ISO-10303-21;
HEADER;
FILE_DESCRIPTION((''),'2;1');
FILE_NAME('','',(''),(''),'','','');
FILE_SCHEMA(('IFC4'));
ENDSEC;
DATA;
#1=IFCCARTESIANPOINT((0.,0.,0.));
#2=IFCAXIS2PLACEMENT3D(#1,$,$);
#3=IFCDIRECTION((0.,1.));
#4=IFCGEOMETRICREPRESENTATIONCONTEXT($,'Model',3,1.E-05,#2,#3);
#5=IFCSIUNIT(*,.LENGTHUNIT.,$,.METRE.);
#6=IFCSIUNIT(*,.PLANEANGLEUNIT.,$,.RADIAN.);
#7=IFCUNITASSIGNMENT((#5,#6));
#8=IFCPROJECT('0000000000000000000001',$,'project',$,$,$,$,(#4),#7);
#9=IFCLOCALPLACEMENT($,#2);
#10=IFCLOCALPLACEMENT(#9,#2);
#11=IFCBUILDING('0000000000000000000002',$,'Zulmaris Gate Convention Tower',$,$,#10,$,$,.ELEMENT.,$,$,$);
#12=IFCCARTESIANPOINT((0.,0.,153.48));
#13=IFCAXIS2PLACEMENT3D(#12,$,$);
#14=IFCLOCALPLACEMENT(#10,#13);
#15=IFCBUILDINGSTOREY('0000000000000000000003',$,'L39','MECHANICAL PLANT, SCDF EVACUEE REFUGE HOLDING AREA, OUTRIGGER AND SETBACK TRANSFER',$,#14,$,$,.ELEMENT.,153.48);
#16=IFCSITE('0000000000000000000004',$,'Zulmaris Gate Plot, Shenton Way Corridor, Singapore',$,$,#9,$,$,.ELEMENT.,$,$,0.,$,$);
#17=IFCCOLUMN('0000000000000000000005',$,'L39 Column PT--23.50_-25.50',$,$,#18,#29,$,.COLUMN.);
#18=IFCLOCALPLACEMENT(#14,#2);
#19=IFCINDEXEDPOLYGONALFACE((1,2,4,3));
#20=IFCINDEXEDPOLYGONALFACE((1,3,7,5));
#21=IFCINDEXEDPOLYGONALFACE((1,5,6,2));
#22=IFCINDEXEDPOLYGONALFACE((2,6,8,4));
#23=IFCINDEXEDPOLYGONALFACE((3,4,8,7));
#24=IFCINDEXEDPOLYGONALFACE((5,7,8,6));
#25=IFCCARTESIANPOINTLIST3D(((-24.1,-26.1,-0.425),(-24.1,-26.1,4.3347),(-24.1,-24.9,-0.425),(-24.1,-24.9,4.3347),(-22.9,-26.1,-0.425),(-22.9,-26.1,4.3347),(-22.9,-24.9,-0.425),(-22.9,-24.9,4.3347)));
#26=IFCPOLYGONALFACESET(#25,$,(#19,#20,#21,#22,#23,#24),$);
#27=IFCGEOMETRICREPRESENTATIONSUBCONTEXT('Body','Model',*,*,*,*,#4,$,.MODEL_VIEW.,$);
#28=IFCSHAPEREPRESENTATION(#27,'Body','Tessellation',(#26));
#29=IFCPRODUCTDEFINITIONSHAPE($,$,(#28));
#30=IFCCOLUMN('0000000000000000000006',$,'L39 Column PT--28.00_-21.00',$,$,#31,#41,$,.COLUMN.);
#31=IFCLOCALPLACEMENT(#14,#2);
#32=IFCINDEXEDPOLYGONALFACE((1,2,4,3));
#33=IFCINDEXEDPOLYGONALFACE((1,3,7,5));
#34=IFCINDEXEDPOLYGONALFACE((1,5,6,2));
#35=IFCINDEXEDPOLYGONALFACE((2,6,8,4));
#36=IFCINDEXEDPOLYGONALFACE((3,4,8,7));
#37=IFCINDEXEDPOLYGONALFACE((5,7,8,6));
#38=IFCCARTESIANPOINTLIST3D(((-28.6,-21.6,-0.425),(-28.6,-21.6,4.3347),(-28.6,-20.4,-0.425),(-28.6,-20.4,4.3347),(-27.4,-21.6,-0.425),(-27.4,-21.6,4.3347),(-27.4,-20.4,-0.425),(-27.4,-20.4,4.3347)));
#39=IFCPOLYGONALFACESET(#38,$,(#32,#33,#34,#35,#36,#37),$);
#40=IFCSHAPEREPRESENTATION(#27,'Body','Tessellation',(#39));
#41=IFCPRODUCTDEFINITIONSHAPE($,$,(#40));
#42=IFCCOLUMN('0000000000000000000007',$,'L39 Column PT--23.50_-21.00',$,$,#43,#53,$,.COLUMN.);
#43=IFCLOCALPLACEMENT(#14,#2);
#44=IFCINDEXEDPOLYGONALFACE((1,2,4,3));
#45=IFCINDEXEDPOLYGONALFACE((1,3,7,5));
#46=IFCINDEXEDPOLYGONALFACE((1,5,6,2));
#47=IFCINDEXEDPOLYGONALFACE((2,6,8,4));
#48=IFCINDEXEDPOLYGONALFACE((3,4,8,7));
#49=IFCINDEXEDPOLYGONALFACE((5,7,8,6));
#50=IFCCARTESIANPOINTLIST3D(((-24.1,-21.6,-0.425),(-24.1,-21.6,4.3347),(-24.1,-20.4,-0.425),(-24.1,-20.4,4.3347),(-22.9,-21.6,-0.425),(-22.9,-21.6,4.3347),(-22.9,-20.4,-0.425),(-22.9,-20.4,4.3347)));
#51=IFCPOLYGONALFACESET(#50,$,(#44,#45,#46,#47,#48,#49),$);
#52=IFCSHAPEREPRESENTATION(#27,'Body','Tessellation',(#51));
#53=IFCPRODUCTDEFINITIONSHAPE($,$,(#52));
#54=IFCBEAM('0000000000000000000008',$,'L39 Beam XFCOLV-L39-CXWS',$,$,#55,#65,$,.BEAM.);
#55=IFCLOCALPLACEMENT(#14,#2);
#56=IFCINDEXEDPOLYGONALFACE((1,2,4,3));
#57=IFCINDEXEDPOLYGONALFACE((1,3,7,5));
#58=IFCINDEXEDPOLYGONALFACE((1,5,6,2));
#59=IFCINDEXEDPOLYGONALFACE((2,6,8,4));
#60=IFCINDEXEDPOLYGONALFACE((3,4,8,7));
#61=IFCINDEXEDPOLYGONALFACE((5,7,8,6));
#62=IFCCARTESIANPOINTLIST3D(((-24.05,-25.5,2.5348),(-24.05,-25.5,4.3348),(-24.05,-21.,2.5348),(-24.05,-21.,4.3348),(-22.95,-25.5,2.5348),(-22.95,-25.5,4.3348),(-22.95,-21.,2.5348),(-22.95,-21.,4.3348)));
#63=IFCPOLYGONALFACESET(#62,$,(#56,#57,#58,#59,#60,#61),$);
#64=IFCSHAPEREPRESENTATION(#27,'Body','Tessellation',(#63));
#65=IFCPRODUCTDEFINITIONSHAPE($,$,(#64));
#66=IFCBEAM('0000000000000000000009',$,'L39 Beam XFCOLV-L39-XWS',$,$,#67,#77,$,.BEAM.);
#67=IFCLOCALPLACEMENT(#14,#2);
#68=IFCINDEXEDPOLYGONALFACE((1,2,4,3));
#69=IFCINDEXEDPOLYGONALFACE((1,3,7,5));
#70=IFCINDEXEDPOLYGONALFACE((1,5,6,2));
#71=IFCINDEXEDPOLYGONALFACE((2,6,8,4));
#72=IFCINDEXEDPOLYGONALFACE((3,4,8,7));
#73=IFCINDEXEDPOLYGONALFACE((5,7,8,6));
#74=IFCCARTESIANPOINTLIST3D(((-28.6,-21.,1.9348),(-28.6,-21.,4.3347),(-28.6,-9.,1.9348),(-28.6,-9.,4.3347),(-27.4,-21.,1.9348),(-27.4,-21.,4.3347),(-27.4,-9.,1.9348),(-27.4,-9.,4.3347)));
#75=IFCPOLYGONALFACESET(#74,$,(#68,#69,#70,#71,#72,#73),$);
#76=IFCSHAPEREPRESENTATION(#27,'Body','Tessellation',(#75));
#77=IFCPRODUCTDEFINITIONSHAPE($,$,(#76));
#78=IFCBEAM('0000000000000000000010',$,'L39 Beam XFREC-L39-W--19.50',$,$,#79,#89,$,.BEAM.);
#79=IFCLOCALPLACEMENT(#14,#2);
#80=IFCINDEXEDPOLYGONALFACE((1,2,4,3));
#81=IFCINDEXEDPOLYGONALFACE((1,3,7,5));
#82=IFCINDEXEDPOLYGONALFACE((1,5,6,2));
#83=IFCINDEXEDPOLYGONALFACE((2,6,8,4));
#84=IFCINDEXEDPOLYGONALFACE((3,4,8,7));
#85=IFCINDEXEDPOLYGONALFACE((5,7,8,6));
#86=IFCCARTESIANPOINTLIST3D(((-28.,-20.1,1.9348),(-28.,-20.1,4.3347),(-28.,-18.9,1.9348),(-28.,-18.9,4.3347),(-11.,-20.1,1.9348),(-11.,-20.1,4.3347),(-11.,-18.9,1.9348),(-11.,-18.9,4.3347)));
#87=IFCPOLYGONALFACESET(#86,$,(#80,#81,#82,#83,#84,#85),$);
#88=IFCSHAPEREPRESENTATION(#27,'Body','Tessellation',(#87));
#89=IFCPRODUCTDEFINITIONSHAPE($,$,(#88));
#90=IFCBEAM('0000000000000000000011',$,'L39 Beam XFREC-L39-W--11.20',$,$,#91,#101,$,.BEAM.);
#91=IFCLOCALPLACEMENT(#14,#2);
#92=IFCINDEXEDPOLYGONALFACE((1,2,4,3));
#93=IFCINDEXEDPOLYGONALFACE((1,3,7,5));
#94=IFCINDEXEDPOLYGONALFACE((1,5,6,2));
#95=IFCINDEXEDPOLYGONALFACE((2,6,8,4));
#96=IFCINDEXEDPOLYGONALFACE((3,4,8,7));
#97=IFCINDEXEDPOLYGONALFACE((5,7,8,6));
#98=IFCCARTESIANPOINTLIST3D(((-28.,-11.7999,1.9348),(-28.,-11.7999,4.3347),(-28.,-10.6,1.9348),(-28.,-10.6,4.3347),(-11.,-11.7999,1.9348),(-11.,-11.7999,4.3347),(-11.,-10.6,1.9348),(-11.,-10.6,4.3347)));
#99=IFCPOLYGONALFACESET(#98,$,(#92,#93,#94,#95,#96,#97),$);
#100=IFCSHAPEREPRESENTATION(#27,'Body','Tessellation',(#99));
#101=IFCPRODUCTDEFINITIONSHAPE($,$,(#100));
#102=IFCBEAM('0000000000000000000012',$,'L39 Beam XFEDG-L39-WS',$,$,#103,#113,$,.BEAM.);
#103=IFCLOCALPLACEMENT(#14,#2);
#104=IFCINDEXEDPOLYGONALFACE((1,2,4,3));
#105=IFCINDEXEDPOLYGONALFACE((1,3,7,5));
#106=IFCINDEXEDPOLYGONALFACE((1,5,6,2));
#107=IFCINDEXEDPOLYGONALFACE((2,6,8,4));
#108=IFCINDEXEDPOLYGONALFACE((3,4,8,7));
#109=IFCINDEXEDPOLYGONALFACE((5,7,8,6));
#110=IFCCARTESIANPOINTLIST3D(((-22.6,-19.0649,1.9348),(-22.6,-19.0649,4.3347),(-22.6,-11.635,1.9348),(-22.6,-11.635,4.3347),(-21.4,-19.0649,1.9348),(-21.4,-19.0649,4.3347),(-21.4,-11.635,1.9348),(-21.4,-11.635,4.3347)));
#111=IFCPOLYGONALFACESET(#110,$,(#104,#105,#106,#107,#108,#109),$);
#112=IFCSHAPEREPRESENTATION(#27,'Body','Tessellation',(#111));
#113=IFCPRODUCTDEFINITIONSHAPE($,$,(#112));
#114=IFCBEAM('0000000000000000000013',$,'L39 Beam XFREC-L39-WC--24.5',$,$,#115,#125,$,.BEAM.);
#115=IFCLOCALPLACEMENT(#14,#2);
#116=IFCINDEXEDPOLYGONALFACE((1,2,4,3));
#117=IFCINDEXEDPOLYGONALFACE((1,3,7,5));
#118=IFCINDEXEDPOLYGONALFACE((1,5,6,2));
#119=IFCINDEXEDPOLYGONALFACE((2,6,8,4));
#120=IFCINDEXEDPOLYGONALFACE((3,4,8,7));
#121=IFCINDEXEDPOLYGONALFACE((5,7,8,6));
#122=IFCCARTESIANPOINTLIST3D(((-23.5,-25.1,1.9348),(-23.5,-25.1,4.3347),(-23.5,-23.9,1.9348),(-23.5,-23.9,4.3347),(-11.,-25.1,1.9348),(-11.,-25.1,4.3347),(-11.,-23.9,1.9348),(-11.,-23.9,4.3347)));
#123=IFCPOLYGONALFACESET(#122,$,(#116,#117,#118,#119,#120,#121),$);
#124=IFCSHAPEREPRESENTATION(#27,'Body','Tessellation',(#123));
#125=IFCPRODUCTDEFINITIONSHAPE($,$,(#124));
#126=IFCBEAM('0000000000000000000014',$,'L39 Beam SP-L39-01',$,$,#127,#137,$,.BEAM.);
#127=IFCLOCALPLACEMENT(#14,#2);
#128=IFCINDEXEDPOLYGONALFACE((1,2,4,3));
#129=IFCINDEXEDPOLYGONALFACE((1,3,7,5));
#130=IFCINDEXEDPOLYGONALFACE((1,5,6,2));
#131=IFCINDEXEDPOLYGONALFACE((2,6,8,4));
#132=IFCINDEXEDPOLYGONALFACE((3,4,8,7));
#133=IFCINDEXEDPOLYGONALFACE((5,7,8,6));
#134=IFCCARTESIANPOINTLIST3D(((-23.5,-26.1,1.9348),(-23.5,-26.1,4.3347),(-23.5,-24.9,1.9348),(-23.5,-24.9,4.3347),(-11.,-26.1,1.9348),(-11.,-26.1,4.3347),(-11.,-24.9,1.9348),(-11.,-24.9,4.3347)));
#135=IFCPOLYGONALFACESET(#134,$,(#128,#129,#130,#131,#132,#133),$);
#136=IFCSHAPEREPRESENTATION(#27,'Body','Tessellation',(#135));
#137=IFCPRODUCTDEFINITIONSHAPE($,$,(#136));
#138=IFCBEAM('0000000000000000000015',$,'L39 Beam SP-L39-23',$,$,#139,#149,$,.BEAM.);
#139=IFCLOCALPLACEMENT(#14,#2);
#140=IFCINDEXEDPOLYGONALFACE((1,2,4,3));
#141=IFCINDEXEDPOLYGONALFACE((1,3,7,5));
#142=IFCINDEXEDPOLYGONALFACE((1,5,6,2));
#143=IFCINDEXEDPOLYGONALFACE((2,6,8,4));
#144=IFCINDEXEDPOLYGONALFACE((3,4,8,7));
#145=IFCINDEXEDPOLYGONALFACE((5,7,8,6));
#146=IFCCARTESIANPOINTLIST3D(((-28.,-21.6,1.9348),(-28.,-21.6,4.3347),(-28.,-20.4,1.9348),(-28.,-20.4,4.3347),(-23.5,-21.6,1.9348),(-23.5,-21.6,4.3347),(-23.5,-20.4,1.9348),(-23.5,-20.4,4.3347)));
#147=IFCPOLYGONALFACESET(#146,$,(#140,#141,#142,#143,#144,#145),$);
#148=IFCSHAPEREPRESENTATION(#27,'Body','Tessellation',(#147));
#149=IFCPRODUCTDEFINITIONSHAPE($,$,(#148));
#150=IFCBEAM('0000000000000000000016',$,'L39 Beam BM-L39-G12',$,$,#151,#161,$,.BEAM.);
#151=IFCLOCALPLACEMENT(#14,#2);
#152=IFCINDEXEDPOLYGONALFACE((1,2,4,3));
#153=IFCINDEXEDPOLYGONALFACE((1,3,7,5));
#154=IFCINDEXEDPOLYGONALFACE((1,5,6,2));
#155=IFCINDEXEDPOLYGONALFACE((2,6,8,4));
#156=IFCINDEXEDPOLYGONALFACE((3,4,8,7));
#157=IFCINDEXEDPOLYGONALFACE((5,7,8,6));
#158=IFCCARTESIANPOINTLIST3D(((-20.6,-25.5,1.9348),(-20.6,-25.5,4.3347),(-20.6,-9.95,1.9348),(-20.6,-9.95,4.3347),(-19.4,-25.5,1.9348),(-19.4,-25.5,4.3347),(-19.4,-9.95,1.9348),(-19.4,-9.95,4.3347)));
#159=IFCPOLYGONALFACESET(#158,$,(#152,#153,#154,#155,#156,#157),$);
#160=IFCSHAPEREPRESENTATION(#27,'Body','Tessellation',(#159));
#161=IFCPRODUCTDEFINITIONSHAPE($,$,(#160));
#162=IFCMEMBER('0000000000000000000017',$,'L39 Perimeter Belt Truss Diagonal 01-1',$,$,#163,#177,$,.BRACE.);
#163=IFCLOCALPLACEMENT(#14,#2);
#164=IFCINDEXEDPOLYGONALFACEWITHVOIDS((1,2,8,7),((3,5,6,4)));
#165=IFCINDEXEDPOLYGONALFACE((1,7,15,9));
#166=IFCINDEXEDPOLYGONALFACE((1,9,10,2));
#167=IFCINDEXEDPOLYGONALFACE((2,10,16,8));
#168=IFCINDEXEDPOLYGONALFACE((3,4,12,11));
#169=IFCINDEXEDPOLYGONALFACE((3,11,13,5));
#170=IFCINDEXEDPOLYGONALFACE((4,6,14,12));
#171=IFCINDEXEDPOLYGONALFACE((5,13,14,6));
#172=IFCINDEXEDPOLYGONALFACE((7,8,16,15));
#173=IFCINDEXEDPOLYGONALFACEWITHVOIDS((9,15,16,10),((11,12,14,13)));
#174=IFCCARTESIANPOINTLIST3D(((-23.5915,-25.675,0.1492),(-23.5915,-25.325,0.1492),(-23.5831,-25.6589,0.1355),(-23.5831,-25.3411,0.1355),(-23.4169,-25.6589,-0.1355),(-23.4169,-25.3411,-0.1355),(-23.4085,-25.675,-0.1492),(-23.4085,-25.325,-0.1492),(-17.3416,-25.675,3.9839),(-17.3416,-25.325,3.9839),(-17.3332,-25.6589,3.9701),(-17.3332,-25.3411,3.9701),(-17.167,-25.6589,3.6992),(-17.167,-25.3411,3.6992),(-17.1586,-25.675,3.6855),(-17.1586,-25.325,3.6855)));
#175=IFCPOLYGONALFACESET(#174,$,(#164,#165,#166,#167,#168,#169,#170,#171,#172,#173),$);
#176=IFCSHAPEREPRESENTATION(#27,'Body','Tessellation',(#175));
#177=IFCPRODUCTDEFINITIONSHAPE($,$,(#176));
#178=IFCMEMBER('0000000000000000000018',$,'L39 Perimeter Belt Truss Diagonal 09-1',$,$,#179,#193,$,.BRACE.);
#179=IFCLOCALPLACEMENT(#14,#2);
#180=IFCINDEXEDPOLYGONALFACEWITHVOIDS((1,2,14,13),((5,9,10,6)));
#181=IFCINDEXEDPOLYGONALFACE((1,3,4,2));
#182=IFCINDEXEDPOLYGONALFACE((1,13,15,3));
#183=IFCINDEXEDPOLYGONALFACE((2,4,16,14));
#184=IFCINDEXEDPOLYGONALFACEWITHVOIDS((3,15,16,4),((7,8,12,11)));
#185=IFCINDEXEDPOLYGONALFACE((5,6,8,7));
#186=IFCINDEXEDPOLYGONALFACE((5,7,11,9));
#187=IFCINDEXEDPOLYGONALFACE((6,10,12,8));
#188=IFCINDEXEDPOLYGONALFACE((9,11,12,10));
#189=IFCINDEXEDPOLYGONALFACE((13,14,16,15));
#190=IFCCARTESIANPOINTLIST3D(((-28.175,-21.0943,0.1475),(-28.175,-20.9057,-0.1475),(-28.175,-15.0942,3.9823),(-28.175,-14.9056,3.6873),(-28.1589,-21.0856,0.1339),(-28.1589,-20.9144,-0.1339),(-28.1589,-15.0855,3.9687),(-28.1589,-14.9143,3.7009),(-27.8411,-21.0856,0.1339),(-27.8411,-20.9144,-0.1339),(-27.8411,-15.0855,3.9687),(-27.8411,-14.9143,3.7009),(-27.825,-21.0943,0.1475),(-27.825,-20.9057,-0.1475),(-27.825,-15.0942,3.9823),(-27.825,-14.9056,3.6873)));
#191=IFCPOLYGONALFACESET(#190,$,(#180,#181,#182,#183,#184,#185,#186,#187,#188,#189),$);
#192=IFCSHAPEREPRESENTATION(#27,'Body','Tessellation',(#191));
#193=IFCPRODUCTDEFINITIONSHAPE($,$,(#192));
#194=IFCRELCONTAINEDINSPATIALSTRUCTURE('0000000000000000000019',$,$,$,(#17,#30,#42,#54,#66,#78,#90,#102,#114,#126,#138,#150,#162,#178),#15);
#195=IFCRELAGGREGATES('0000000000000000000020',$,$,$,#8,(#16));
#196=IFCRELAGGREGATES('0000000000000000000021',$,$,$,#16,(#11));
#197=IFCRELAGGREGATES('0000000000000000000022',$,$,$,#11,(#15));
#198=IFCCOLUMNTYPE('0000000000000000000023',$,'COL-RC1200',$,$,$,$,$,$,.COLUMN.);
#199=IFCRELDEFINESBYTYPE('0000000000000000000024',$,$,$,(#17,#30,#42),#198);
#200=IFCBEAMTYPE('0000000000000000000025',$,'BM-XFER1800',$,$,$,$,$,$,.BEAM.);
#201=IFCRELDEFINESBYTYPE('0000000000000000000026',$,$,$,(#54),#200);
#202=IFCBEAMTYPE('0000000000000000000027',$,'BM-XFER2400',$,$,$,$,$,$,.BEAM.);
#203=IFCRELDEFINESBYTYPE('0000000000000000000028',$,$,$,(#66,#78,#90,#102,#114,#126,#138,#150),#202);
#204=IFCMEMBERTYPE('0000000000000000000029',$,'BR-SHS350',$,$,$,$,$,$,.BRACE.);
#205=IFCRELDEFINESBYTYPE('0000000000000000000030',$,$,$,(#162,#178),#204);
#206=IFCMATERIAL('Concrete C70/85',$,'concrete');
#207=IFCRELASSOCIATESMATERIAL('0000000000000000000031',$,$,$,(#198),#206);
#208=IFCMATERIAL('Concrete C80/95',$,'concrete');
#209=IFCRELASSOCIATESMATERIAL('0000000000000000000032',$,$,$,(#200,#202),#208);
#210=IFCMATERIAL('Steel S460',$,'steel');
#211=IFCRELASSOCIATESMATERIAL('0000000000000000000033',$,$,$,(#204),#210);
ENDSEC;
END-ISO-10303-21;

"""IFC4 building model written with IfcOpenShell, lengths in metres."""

from ifc_helpers import new_model, si_unit, direction, frame, origin, origin_2d, place, context, subcontext, project, spatial, rectangle, hollow_rectangle, extrude, material, material_profile, profile_set, type_object, element, save


model = new_model("IFC4")

# Units and contexts
model_context = context("Model", 3, precision=1e-05, world=origin(), true_north=direction((0.0, 1.0)))
body_context = subcontext(model_context, "Body", "Model", "MODEL_VIEW")
ifc_project = project(units=[si_unit("LENGTHUNIT", "METRE"), si_unit("PLANEANGLEUNIT", "RADIAN")], contexts=[model_context])

# Site, building, storey
site_placement = place(None, origin())
site = spatial("IfcSite", under=ifc_project, at=site_placement, Name="Zulmaris Gate Plot, Shenton Way Corridor, Singapore", CompositionType="ELEMENT", RefElevation=0.0)
building_placement = place(site_placement, origin())
building = spatial("IfcBuilding", under=site, at=building_placement, Name="Zulmaris Gate Convention Tower", CompositionType="ELEMENT")
storey_placement = place(building_placement, frame((0.0, 0.0, 153.48)))
storey = spatial("IfcBuildingStorey", under=building, at=storey_placement, Name="L39", Description="MECHANICAL PLANT, SCDF EVACUEE REFUGE HOLDING AREA, OUTRIGGER AND SETBACK TRANSFER", CompositionType="ELEMENT", Elevation=153.48)

# Columns
ifc_material_1 = material(Name="Concrete C70/85", Category="concrete")
ifc_material_profile_1 = material_profile(ifc_material_1, rectangle(XDim=1.2, YDim=1.2, at=origin_2d()), Name="RC COL 1200x1200")
ifc_profile_set_1 = profile_set([ifc_material_profile_1], Name="Concrete C70/85")
column_type = type_object("IfcColumnType", Name="COL-RC1200", PredefinedType="COLUMN", material=ifc_profile_set_1)
for number, where, z_axis, x_axis, name in (
    (1, (-23.5, -25.5, -0.425), (0.0, 0.0, 1.0), (1.0, 0.0, 0.0), "L39 Column PT--23.50_-25.50"),
    (2, (-28.0, -21.0, -0.425), (0.0, 0.0, 1.0), (1.0, 0.0, 0.0), "L39 Column PT--28.00_-21.00"),
    (3, (-23.5, -21.0, -0.425), (0.0, 0.0, 1.0), (1.0, 0.0, 0.0), "L39 Column PT--23.50_-21.00"),
):
    element("IfcColumn", number, at=place(storey_placement, frame(where, z_axis=z_axis, x_axis=x_axis)), inside=storey, type_object=column_type, Name=name, PredefinedType="COLUMN", context=body_context, shape_type="SweptSolid", body=[
        extrude(rectangle(XDim=1.2, YDim=1.2, at=origin_2d()), origin(), (0.0, 0.0, 1.0), 4.7598),
    ])

# Beams
ifc_material_2 = material(Name="Concrete C80/95", Category="concrete")
ifc_material_profile_2 = material_profile(ifc_material_2, rectangle(XDim=1.1001, YDim=1.8, at=origin_2d()), Name="RC TRANSFER 1100x1800")
ifc_profile_set_2 = profile_set([ifc_material_profile_2], Name="Concrete C80/95")
beam_type_1 = type_object("IfcBeamType", Name="BM-XFER1800", PredefinedType="BEAM", material=ifc_profile_set_2)
beam_1_placement = place(storey_placement, frame((-23.5, -25.5, 3.4348), z_axis=(0.0, 1.0, 0.0), x_axis=(-1.0, 0.0, 0.0)))
element("IfcBeam", 4, at=beam_1_placement, inside=storey, type_object=beam_type_1, Name="L39 Beam XFCOLV-L39-CXWS", PredefinedType="BEAM", context=body_context, shape_type="SweptSolid", body=[
    extrude(rectangle(XDim=1.1001, YDim=1.8, at=origin_2d()), origin(), (0.0, 0.0, 1.0), 4.5),
])
ifc_material_profile_3 = material_profile(ifc_material_2, rectangle(XDim=1.2, YDim=2.3999, at=origin_2d()), Name="RC TRANSFER 1200x2400")
ifc_profile_set_3 = profile_set([ifc_material_profile_3], Name="Concrete C80/95")
beam_type_2 = type_object("IfcBeamType", Name="BM-XFER2400", PredefinedType="BEAM", material=ifc_profile_set_3)
beam_2_placement = place(storey_placement, frame((-28.0, -21.0, 3.1348), z_axis=(0.0, 1.0, 0.0), x_axis=(-1.0, 0.0, 0.0)))
element("IfcBeam", 5, at=beam_2_placement, inside=storey, type_object=beam_type_2, Name="L39 Beam XFCOLV-L39-XWS", PredefinedType="BEAM", context=body_context, shape_type="SweptSolid", body=[
    extrude(rectangle(XDim=1.2, YDim=2.3999, at=origin_2d()), origin(), (0.0, 0.0, 1.0), 12.0),
])
for number, where, z_axis, x_axis, name in (
    (6, (-28.0, -19.5, 3.1348), (1.0, 0.0, 0.0), (0.0, 1.0, 0.0), "L39 Beam XFREC-L39-W--19.50"),
    (7, (-28.0, -11.2, 3.1348), (1.0, 0.0, 0.0), (0.0, 1.0, 0.0), "L39 Beam XFREC-L39-W--11.20"),
):
    element("IfcBeam", number, at=place(storey_placement, frame(where, z_axis=z_axis, x_axis=x_axis)), inside=storey, type_object=beam_type_2, Name=name, PredefinedType="BEAM", context=body_context, shape_type="SweptSolid", body=[
        extrude(rectangle(XDim=1.2, YDim=2.3999, at=origin_2d()), origin(), (0.0, 0.0, 1.0), 17.0),
    ])
beam_3_placement = place(storey_placement, frame((-22.0, -19.0649, 3.1348), z_axis=(0.0, 1.0, 0.0), x_axis=(-1.0, 0.0, 0.0)))
element("IfcBeam", 8, at=beam_3_placement, inside=storey, type_object=beam_type_2, Name="L39 Beam XFEDG-L39-WS", PredefinedType="BEAM", context=body_context, shape_type="SweptSolid", body=[
    extrude(rectangle(XDim=1.2, YDim=2.3999, at=origin_2d()), origin(), (0.0, 0.0, 1.0), 7.4299),
])
for number, where, z_axis, x_axis, name in (
    (9, (-23.5, -24.5, 3.1348), (1.0, 0.0, 0.0), (0.0, 1.0, 0.0), "L39 Beam XFREC-L39-WC--24.5"),
    (10, (-23.5, -25.5, 3.1348), (1.0, 0.0, 0.0), (0.0, 1.0, 0.0), "L39 Beam SP-L39-01"),
):
    element("IfcBeam", number, at=place(storey_placement, frame(where, z_axis=z_axis, x_axis=x_axis)), inside=storey, type_object=beam_type_2, Name=name, PredefinedType="BEAM", context=body_context, shape_type="SweptSolid", body=[
        extrude(rectangle(XDim=1.2, YDim=2.3999, at=origin_2d()), origin(), (0.0, 0.0, 1.0), 12.5),
    ])
beam_4_placement = place(storey_placement, frame((-28.0, -21.0, 3.1348), z_axis=(1.0, 0.0, 0.0), x_axis=(0.0, 1.0, 0.0)))
element("IfcBeam", 11, at=beam_4_placement, inside=storey, type_object=beam_type_2, Name="L39 Beam SP-L39-23", PredefinedType="BEAM", context=body_context, shape_type="SweptSolid", body=[
    extrude(rectangle(XDim=1.2, YDim=2.3999, at=origin_2d()), origin(), (0.0, 0.0, 1.0), 4.5),
])
beam_5_placement = place(storey_placement, frame((-20.0, -25.5, 3.1348), z_axis=(0.0, 1.0, 0.0), x_axis=(-1.0, 0.0, 0.0)))
element("IfcBeam", 12, at=beam_5_placement, inside=storey, type_object=beam_type_2, Name="L39 Beam BM-L39-G12", PredefinedType="BEAM", context=body_context, shape_type="SweptSolid", body=[
    extrude(rectangle(XDim=1.2, YDim=2.3999, at=origin_2d()), origin(), (0.0, 0.0, 1.0), 15.55),
])

# Members
ifc_material_3 = material(Name="Steel S460", Category="steel")
ifc_material_profile_4 = material_profile(ifc_material_3, hollow_rectangle(XDim=0.3501, YDim=0.3501, WallThickness=0.0161, at=origin_2d()), Name="SHS 350x350x16")
ifc_profile_set_4 = profile_set([ifc_material_profile_4], Name="Steel S460")
member_type = type_object("IfcMemberType", Name="BR-SHS350", PredefinedType="BRACE", material=ifc_profile_set_4)
member_placement = place(storey_placement, frame((-23.5, -25.5, 0.0), z_axis=(0.852354, 0.0, 0.522966), x_axis=(0.0, 1.0, 0.0)))
element("IfcMember", 13, at=member_placement, inside=storey, type_object=member_type, Name="L39 Perimeter Belt Truss Diagonal 01-1", PredefinedType="BRACE", context=body_context, shape_type="SweptSolid", body=[
    extrude(hollow_rectangle(XDim=0.3501, YDim=0.3501, WallThickness=0.0161, at=origin_2d()), origin(), (0.0, 0.0, 1.0), 7.3325),
])
for number, where, z_axis, x_axis, name in (
    (14, (-28.0, -21.0, 0.0), (0.0, 0.842608, 0.538527), (-1.0, 0.0, 0.0), "L39 Perimeter Belt Truss Diagonal 09-1"),
):
    element("IfcMember", number, at=place(storey_placement, frame(where, z_axis=z_axis, x_axis=x_axis)), inside=storey, type_object=member_type, Name=name, PredefinedType="BRACE", context=body_context, shape_type="SweptSolid", body=[
        extrude(hollow_rectangle(XDim=0.3501, YDim=0.3501, WallThickness=0.0161, at=origin_2d()), origin(), (0.0, 0.0, 1.0), 7.1208),
    ])

save(model, "model.ifc")
